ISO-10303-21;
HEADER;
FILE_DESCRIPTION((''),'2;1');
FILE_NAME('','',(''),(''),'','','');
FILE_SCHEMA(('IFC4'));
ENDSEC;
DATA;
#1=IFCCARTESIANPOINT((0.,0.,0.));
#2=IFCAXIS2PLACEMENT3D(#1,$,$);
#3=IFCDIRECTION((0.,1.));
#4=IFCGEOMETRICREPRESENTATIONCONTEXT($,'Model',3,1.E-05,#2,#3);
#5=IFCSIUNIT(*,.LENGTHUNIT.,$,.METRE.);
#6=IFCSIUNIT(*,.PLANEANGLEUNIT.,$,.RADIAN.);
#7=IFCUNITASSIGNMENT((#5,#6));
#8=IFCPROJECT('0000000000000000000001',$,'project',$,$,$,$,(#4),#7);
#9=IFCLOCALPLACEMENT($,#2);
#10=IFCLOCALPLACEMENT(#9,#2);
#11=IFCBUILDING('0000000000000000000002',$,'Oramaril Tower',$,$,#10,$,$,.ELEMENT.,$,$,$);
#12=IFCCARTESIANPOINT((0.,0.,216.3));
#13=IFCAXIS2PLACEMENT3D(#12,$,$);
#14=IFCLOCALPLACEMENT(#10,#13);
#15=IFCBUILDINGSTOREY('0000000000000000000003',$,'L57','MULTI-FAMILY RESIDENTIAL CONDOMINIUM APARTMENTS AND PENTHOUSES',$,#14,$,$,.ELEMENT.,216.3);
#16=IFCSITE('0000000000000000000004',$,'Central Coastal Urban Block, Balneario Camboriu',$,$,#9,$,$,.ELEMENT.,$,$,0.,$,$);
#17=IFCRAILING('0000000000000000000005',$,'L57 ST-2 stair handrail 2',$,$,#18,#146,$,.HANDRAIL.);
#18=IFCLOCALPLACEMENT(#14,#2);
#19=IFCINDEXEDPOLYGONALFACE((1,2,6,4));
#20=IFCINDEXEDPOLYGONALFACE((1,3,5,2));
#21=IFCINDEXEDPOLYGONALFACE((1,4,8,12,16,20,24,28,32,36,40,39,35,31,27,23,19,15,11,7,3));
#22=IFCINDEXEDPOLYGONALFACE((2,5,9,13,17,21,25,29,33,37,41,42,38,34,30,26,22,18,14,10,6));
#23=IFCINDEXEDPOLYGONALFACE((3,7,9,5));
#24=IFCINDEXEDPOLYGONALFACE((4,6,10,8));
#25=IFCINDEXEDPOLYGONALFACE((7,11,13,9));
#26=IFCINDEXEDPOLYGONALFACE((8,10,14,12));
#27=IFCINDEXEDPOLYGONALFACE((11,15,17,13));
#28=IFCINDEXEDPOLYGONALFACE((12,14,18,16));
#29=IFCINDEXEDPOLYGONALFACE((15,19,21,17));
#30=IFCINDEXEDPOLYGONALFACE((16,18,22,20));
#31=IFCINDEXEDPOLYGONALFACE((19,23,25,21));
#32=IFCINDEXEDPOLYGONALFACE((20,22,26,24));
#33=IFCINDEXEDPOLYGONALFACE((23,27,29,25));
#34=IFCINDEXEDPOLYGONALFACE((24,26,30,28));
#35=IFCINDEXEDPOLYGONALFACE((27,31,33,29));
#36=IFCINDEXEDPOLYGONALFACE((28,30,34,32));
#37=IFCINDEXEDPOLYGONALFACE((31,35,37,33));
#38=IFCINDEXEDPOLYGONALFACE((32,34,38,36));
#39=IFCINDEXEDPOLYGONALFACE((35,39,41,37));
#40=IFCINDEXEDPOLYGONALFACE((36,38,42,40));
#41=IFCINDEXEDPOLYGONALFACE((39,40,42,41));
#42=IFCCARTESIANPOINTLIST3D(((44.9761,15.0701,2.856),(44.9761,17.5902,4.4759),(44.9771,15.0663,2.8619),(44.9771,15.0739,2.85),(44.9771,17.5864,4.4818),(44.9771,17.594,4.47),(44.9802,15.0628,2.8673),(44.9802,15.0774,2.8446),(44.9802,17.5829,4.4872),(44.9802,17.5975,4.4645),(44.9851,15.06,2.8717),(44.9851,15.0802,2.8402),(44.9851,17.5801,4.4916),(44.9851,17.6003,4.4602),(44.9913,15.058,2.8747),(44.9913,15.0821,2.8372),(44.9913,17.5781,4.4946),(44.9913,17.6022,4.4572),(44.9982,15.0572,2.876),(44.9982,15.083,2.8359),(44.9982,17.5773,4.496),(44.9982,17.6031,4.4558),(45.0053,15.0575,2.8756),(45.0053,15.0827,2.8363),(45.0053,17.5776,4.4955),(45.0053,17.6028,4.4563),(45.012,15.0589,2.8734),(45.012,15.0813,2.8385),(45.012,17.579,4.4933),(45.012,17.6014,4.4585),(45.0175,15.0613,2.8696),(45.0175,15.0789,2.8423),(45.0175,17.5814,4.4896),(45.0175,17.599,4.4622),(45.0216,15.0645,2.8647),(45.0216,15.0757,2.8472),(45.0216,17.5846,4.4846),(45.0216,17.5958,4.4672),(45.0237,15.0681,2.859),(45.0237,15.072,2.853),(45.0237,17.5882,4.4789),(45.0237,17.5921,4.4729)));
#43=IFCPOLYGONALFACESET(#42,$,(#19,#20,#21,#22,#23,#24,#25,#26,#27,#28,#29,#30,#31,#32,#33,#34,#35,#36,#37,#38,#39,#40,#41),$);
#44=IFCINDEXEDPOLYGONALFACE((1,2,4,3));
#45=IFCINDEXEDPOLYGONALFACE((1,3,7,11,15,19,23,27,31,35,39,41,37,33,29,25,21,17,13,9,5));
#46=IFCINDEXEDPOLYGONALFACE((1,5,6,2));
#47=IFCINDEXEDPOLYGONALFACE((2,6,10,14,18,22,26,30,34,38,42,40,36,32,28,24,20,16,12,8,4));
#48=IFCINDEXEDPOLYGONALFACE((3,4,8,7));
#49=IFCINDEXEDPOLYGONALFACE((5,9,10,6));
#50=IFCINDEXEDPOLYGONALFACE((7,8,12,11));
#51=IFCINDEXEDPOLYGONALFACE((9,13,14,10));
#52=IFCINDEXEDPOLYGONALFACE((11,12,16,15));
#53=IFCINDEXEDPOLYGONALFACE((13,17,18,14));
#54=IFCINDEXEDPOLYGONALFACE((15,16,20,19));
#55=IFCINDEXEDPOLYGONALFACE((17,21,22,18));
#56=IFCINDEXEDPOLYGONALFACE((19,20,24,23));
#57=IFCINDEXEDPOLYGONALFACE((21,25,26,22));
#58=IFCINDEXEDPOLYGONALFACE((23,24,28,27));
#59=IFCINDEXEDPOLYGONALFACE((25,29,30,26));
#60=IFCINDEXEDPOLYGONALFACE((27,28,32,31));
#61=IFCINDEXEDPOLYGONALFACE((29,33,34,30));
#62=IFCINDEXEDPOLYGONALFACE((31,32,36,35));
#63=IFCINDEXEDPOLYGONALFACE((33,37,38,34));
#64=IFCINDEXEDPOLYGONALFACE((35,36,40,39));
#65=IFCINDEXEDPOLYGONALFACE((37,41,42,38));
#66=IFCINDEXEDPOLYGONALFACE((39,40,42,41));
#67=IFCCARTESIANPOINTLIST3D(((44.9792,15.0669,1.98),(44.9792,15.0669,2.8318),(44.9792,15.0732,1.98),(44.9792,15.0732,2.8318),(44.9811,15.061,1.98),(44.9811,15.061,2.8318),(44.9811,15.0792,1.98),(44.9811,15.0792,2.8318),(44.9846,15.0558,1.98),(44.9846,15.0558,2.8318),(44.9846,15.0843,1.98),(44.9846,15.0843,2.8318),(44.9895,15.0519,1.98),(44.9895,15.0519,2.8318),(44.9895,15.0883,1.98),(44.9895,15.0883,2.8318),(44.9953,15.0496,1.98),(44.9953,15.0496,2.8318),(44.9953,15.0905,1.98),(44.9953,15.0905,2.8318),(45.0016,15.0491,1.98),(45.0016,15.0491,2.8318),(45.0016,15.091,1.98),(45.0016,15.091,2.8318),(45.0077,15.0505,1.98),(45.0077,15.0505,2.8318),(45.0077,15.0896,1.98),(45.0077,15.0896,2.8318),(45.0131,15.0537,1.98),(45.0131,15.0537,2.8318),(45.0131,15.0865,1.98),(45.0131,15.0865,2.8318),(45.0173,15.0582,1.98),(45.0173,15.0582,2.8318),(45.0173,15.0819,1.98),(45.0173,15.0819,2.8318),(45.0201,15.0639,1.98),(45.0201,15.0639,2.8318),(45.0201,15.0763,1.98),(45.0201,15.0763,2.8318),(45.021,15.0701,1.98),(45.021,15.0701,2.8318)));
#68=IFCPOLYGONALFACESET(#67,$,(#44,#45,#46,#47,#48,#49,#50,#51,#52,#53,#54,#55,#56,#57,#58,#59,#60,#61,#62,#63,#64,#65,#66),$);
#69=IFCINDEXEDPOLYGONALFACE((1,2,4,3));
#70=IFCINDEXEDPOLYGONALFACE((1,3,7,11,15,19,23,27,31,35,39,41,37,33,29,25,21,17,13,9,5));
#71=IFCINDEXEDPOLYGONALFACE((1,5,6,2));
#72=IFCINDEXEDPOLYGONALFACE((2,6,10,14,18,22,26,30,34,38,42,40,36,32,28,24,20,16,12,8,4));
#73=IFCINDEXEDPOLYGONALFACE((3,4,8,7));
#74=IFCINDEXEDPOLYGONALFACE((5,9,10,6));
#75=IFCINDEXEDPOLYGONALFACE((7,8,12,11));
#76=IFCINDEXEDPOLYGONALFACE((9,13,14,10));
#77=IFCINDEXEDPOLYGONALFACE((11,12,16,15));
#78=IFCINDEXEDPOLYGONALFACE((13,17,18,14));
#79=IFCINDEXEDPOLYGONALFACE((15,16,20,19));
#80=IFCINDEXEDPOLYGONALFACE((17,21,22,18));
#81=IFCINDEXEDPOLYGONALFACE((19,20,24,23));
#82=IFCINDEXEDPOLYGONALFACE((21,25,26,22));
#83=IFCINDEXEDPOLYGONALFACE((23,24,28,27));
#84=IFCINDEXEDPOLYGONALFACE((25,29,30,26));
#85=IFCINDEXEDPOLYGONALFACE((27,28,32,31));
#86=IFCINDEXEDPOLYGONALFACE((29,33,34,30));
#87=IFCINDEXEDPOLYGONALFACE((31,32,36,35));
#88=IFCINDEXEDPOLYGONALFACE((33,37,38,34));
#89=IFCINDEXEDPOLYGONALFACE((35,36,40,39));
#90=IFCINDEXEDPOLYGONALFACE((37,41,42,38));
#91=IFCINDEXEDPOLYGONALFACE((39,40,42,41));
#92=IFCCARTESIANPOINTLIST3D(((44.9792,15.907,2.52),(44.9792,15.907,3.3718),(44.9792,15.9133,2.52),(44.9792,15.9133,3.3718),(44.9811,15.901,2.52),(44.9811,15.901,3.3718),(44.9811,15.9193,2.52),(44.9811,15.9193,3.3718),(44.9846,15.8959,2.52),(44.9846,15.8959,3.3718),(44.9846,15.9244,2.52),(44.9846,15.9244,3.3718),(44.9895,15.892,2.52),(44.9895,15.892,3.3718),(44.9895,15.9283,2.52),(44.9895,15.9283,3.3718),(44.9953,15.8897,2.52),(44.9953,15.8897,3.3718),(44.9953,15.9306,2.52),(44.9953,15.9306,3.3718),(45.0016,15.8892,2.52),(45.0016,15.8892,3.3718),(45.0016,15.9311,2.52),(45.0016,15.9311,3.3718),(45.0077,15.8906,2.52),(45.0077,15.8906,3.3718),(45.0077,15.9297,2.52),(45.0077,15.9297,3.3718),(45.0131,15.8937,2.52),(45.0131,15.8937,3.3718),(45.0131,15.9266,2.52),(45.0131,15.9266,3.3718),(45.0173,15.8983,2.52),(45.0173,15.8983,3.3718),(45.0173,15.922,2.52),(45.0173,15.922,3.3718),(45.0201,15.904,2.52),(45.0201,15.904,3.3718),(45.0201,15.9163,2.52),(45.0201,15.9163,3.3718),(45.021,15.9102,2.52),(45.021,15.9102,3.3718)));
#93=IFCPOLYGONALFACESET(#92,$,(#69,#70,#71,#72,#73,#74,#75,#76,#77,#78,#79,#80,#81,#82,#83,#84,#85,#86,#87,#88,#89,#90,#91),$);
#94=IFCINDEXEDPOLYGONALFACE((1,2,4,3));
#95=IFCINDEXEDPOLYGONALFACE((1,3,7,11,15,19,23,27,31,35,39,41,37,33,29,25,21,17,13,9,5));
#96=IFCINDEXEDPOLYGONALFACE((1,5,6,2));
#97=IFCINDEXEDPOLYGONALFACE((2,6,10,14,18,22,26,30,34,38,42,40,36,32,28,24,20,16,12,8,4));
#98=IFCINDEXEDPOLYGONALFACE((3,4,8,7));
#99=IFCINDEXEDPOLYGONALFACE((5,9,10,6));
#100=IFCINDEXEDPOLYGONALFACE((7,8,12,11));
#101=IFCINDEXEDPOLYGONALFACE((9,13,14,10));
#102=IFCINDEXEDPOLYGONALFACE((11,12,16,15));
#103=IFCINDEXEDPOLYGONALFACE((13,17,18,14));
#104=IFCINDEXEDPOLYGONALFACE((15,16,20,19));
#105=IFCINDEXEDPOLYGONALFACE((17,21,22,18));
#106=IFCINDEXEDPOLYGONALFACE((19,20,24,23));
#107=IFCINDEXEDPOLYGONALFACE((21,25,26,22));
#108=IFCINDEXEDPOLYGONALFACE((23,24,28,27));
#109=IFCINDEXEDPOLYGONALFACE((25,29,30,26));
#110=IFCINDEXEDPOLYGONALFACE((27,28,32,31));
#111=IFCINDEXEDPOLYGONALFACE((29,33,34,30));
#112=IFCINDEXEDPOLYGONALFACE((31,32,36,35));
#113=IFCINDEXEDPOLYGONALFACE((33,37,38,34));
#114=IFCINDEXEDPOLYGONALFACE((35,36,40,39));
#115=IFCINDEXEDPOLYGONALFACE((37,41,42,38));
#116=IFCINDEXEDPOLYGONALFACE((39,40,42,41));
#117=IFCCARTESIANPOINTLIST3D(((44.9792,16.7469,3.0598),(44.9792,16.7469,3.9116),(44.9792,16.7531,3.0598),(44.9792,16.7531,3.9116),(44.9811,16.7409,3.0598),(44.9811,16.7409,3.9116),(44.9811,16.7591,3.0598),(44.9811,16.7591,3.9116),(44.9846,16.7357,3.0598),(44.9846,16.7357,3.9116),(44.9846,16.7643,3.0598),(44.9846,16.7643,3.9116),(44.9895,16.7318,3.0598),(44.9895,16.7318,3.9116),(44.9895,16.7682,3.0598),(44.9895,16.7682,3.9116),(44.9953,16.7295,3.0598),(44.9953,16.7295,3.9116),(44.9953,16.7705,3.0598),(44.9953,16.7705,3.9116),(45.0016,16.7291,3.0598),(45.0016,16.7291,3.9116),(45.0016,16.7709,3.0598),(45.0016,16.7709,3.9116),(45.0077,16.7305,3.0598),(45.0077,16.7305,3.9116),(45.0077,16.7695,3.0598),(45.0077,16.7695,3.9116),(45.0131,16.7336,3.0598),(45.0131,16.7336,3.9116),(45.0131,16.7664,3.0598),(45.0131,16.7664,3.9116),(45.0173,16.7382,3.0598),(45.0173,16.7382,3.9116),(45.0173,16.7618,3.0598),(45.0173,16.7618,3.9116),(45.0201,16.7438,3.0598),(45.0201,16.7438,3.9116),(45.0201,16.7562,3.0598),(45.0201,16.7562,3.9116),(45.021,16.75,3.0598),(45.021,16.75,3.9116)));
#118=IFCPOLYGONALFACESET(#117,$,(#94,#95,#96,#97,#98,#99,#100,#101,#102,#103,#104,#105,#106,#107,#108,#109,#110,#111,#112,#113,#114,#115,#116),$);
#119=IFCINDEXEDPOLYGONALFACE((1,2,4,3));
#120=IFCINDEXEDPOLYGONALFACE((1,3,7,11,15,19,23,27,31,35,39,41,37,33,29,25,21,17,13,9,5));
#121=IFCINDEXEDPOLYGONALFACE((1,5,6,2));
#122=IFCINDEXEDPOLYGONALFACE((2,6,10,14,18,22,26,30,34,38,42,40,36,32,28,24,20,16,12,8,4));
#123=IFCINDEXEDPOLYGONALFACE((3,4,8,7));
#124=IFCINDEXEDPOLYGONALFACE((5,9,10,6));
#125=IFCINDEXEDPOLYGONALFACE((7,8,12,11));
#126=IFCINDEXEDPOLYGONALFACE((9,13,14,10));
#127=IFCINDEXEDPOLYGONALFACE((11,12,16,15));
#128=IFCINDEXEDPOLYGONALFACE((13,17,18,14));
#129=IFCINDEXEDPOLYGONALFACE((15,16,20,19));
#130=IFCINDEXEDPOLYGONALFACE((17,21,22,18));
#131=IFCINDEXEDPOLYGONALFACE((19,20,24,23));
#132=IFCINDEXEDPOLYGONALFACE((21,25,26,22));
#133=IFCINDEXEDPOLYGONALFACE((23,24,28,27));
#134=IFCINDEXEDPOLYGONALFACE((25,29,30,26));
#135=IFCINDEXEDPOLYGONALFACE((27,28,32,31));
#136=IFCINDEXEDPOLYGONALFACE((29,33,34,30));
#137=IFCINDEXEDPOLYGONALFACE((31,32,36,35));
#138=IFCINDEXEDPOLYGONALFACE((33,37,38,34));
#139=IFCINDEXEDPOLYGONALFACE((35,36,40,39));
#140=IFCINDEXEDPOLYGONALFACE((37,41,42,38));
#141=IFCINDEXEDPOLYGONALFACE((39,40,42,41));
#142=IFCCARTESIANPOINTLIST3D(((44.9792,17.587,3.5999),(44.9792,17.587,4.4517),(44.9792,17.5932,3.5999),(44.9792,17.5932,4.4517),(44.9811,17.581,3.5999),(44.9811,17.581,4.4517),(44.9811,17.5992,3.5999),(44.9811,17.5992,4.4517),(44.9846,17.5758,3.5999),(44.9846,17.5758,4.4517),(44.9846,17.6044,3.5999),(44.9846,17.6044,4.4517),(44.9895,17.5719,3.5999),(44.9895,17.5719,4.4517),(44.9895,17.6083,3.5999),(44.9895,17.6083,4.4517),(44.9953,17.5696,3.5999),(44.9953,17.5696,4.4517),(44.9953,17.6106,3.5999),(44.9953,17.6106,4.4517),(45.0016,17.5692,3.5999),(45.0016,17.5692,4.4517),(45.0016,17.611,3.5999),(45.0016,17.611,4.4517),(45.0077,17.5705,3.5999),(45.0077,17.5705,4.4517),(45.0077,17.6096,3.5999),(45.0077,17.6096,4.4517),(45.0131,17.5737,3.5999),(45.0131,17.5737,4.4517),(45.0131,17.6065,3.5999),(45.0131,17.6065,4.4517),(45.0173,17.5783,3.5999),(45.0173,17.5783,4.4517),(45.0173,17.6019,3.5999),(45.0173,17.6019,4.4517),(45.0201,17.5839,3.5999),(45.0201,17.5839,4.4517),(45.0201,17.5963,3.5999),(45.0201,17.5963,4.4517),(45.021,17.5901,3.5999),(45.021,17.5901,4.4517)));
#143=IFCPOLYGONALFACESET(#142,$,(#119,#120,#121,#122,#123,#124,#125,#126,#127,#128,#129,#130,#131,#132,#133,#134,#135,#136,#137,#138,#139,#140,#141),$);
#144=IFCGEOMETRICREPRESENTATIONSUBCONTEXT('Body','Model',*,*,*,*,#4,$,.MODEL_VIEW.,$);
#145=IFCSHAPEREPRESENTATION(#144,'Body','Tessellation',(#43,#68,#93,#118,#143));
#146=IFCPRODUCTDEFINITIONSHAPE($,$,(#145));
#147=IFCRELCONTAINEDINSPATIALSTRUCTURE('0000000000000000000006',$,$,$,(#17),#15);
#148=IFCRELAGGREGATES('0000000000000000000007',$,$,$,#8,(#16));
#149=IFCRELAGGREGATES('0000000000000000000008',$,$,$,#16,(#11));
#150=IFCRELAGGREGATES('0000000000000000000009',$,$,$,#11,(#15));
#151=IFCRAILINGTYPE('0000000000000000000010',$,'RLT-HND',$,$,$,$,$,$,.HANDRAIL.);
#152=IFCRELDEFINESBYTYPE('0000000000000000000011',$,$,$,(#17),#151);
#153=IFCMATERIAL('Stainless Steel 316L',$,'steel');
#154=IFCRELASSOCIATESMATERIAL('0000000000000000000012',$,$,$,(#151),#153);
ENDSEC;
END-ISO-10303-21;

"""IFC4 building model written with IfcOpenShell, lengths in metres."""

from ifc_helpers import new_model, si_unit, direction, frame, origin, origin_2d, place, context, subcontext, project, spatial, circle, extrude, material, type_object, element, save


model = new_model("IFC4")

# Units and contexts
model_context = context("Model", 3, precision=1e-05, world=origin(), true_north=direction((0.0, 1.0)))
body_context = subcontext(model_context, "Body", "Model", "MODEL_VIEW")
ifc_project = project(units=[si_unit("LENGTHUNIT", "METRE"), si_unit("PLANEANGLEUNIT", "RADIAN")], contexts=[model_context])

# Site, building, storey
site_placement = place(None, origin())
site = spatial("IfcSite", under=ifc_project, at=site_placement, Name="Central Coastal Urban Block, Balneario Camboriu", CompositionType="ELEMENT", RefElevation=0.0)
building_placement = place(site_placement, origin())
building = spatial("IfcBuilding", under=site, at=building_placement, Name="Oramaril Tower", CompositionType="ELEMENT")
storey_placement = place(building_placement, frame((0.0, 0.0, 216.3)))
storey = spatial("IfcBuildingStorey", under=building, at=storey_placement, Name="L57", Description="MULTI-FAMILY RESIDENTIAL CONDOMINIUM APARTMENTS AND PENTHOUSES", CompositionType="ELEMENT", Elevation=216.3)

# Railing
ifc_material_1 = material(Name="Stainless Steel 316L", Category="steel")
railing_type_1 = type_object("IfcRailingType", Name="RLT-HND", PredefinedType="HANDRAIL", material=ifc_material_1)
for number, where, name in (
    (1, (45.0, 15.0701, 1.98), "L57 ST-2 stair handrail 2"),
):
    element("IfcRailing", number, at=place(storey_placement, frame(where)), inside=storey, type_object=railing_type_1, Name=name, PredefinedType="HANDRAIL", context=body_context, shape_type="SweptSolid", body=[
        extrude(circle(Radius=0.0239, at=origin_2d()), frame((0.0, 0.0, 0.876), z_axis=(0.0, 0.8412, 0.540725), x_axis=(-1.0, 0.0, 0.0)), (0.0, 0.0, 1.0), 2.9958),
        extrude(circle(Radius=0.021, at=origin_2d()), origin(), (0.0, 0.0, 1.0), 0.8518),
        extrude(circle(Radius=0.021, at=origin_2d()), frame((0.0, 0.8401, 0.54)), (0.0, 0.0, 1.0), 0.8518),
        extrude(circle(Radius=0.021, at=origin_2d()), frame((0.0, 1.6799, 1.0798)), (0.0, 0.0, 1.0), 0.8518),
        extrude(circle(Radius=0.021, at=origin_2d()), frame((0.0, 2.52, 1.6199)), (0.0, 0.0, 1.0), 0.8518),
    ])

save(model, "model.ifc")
